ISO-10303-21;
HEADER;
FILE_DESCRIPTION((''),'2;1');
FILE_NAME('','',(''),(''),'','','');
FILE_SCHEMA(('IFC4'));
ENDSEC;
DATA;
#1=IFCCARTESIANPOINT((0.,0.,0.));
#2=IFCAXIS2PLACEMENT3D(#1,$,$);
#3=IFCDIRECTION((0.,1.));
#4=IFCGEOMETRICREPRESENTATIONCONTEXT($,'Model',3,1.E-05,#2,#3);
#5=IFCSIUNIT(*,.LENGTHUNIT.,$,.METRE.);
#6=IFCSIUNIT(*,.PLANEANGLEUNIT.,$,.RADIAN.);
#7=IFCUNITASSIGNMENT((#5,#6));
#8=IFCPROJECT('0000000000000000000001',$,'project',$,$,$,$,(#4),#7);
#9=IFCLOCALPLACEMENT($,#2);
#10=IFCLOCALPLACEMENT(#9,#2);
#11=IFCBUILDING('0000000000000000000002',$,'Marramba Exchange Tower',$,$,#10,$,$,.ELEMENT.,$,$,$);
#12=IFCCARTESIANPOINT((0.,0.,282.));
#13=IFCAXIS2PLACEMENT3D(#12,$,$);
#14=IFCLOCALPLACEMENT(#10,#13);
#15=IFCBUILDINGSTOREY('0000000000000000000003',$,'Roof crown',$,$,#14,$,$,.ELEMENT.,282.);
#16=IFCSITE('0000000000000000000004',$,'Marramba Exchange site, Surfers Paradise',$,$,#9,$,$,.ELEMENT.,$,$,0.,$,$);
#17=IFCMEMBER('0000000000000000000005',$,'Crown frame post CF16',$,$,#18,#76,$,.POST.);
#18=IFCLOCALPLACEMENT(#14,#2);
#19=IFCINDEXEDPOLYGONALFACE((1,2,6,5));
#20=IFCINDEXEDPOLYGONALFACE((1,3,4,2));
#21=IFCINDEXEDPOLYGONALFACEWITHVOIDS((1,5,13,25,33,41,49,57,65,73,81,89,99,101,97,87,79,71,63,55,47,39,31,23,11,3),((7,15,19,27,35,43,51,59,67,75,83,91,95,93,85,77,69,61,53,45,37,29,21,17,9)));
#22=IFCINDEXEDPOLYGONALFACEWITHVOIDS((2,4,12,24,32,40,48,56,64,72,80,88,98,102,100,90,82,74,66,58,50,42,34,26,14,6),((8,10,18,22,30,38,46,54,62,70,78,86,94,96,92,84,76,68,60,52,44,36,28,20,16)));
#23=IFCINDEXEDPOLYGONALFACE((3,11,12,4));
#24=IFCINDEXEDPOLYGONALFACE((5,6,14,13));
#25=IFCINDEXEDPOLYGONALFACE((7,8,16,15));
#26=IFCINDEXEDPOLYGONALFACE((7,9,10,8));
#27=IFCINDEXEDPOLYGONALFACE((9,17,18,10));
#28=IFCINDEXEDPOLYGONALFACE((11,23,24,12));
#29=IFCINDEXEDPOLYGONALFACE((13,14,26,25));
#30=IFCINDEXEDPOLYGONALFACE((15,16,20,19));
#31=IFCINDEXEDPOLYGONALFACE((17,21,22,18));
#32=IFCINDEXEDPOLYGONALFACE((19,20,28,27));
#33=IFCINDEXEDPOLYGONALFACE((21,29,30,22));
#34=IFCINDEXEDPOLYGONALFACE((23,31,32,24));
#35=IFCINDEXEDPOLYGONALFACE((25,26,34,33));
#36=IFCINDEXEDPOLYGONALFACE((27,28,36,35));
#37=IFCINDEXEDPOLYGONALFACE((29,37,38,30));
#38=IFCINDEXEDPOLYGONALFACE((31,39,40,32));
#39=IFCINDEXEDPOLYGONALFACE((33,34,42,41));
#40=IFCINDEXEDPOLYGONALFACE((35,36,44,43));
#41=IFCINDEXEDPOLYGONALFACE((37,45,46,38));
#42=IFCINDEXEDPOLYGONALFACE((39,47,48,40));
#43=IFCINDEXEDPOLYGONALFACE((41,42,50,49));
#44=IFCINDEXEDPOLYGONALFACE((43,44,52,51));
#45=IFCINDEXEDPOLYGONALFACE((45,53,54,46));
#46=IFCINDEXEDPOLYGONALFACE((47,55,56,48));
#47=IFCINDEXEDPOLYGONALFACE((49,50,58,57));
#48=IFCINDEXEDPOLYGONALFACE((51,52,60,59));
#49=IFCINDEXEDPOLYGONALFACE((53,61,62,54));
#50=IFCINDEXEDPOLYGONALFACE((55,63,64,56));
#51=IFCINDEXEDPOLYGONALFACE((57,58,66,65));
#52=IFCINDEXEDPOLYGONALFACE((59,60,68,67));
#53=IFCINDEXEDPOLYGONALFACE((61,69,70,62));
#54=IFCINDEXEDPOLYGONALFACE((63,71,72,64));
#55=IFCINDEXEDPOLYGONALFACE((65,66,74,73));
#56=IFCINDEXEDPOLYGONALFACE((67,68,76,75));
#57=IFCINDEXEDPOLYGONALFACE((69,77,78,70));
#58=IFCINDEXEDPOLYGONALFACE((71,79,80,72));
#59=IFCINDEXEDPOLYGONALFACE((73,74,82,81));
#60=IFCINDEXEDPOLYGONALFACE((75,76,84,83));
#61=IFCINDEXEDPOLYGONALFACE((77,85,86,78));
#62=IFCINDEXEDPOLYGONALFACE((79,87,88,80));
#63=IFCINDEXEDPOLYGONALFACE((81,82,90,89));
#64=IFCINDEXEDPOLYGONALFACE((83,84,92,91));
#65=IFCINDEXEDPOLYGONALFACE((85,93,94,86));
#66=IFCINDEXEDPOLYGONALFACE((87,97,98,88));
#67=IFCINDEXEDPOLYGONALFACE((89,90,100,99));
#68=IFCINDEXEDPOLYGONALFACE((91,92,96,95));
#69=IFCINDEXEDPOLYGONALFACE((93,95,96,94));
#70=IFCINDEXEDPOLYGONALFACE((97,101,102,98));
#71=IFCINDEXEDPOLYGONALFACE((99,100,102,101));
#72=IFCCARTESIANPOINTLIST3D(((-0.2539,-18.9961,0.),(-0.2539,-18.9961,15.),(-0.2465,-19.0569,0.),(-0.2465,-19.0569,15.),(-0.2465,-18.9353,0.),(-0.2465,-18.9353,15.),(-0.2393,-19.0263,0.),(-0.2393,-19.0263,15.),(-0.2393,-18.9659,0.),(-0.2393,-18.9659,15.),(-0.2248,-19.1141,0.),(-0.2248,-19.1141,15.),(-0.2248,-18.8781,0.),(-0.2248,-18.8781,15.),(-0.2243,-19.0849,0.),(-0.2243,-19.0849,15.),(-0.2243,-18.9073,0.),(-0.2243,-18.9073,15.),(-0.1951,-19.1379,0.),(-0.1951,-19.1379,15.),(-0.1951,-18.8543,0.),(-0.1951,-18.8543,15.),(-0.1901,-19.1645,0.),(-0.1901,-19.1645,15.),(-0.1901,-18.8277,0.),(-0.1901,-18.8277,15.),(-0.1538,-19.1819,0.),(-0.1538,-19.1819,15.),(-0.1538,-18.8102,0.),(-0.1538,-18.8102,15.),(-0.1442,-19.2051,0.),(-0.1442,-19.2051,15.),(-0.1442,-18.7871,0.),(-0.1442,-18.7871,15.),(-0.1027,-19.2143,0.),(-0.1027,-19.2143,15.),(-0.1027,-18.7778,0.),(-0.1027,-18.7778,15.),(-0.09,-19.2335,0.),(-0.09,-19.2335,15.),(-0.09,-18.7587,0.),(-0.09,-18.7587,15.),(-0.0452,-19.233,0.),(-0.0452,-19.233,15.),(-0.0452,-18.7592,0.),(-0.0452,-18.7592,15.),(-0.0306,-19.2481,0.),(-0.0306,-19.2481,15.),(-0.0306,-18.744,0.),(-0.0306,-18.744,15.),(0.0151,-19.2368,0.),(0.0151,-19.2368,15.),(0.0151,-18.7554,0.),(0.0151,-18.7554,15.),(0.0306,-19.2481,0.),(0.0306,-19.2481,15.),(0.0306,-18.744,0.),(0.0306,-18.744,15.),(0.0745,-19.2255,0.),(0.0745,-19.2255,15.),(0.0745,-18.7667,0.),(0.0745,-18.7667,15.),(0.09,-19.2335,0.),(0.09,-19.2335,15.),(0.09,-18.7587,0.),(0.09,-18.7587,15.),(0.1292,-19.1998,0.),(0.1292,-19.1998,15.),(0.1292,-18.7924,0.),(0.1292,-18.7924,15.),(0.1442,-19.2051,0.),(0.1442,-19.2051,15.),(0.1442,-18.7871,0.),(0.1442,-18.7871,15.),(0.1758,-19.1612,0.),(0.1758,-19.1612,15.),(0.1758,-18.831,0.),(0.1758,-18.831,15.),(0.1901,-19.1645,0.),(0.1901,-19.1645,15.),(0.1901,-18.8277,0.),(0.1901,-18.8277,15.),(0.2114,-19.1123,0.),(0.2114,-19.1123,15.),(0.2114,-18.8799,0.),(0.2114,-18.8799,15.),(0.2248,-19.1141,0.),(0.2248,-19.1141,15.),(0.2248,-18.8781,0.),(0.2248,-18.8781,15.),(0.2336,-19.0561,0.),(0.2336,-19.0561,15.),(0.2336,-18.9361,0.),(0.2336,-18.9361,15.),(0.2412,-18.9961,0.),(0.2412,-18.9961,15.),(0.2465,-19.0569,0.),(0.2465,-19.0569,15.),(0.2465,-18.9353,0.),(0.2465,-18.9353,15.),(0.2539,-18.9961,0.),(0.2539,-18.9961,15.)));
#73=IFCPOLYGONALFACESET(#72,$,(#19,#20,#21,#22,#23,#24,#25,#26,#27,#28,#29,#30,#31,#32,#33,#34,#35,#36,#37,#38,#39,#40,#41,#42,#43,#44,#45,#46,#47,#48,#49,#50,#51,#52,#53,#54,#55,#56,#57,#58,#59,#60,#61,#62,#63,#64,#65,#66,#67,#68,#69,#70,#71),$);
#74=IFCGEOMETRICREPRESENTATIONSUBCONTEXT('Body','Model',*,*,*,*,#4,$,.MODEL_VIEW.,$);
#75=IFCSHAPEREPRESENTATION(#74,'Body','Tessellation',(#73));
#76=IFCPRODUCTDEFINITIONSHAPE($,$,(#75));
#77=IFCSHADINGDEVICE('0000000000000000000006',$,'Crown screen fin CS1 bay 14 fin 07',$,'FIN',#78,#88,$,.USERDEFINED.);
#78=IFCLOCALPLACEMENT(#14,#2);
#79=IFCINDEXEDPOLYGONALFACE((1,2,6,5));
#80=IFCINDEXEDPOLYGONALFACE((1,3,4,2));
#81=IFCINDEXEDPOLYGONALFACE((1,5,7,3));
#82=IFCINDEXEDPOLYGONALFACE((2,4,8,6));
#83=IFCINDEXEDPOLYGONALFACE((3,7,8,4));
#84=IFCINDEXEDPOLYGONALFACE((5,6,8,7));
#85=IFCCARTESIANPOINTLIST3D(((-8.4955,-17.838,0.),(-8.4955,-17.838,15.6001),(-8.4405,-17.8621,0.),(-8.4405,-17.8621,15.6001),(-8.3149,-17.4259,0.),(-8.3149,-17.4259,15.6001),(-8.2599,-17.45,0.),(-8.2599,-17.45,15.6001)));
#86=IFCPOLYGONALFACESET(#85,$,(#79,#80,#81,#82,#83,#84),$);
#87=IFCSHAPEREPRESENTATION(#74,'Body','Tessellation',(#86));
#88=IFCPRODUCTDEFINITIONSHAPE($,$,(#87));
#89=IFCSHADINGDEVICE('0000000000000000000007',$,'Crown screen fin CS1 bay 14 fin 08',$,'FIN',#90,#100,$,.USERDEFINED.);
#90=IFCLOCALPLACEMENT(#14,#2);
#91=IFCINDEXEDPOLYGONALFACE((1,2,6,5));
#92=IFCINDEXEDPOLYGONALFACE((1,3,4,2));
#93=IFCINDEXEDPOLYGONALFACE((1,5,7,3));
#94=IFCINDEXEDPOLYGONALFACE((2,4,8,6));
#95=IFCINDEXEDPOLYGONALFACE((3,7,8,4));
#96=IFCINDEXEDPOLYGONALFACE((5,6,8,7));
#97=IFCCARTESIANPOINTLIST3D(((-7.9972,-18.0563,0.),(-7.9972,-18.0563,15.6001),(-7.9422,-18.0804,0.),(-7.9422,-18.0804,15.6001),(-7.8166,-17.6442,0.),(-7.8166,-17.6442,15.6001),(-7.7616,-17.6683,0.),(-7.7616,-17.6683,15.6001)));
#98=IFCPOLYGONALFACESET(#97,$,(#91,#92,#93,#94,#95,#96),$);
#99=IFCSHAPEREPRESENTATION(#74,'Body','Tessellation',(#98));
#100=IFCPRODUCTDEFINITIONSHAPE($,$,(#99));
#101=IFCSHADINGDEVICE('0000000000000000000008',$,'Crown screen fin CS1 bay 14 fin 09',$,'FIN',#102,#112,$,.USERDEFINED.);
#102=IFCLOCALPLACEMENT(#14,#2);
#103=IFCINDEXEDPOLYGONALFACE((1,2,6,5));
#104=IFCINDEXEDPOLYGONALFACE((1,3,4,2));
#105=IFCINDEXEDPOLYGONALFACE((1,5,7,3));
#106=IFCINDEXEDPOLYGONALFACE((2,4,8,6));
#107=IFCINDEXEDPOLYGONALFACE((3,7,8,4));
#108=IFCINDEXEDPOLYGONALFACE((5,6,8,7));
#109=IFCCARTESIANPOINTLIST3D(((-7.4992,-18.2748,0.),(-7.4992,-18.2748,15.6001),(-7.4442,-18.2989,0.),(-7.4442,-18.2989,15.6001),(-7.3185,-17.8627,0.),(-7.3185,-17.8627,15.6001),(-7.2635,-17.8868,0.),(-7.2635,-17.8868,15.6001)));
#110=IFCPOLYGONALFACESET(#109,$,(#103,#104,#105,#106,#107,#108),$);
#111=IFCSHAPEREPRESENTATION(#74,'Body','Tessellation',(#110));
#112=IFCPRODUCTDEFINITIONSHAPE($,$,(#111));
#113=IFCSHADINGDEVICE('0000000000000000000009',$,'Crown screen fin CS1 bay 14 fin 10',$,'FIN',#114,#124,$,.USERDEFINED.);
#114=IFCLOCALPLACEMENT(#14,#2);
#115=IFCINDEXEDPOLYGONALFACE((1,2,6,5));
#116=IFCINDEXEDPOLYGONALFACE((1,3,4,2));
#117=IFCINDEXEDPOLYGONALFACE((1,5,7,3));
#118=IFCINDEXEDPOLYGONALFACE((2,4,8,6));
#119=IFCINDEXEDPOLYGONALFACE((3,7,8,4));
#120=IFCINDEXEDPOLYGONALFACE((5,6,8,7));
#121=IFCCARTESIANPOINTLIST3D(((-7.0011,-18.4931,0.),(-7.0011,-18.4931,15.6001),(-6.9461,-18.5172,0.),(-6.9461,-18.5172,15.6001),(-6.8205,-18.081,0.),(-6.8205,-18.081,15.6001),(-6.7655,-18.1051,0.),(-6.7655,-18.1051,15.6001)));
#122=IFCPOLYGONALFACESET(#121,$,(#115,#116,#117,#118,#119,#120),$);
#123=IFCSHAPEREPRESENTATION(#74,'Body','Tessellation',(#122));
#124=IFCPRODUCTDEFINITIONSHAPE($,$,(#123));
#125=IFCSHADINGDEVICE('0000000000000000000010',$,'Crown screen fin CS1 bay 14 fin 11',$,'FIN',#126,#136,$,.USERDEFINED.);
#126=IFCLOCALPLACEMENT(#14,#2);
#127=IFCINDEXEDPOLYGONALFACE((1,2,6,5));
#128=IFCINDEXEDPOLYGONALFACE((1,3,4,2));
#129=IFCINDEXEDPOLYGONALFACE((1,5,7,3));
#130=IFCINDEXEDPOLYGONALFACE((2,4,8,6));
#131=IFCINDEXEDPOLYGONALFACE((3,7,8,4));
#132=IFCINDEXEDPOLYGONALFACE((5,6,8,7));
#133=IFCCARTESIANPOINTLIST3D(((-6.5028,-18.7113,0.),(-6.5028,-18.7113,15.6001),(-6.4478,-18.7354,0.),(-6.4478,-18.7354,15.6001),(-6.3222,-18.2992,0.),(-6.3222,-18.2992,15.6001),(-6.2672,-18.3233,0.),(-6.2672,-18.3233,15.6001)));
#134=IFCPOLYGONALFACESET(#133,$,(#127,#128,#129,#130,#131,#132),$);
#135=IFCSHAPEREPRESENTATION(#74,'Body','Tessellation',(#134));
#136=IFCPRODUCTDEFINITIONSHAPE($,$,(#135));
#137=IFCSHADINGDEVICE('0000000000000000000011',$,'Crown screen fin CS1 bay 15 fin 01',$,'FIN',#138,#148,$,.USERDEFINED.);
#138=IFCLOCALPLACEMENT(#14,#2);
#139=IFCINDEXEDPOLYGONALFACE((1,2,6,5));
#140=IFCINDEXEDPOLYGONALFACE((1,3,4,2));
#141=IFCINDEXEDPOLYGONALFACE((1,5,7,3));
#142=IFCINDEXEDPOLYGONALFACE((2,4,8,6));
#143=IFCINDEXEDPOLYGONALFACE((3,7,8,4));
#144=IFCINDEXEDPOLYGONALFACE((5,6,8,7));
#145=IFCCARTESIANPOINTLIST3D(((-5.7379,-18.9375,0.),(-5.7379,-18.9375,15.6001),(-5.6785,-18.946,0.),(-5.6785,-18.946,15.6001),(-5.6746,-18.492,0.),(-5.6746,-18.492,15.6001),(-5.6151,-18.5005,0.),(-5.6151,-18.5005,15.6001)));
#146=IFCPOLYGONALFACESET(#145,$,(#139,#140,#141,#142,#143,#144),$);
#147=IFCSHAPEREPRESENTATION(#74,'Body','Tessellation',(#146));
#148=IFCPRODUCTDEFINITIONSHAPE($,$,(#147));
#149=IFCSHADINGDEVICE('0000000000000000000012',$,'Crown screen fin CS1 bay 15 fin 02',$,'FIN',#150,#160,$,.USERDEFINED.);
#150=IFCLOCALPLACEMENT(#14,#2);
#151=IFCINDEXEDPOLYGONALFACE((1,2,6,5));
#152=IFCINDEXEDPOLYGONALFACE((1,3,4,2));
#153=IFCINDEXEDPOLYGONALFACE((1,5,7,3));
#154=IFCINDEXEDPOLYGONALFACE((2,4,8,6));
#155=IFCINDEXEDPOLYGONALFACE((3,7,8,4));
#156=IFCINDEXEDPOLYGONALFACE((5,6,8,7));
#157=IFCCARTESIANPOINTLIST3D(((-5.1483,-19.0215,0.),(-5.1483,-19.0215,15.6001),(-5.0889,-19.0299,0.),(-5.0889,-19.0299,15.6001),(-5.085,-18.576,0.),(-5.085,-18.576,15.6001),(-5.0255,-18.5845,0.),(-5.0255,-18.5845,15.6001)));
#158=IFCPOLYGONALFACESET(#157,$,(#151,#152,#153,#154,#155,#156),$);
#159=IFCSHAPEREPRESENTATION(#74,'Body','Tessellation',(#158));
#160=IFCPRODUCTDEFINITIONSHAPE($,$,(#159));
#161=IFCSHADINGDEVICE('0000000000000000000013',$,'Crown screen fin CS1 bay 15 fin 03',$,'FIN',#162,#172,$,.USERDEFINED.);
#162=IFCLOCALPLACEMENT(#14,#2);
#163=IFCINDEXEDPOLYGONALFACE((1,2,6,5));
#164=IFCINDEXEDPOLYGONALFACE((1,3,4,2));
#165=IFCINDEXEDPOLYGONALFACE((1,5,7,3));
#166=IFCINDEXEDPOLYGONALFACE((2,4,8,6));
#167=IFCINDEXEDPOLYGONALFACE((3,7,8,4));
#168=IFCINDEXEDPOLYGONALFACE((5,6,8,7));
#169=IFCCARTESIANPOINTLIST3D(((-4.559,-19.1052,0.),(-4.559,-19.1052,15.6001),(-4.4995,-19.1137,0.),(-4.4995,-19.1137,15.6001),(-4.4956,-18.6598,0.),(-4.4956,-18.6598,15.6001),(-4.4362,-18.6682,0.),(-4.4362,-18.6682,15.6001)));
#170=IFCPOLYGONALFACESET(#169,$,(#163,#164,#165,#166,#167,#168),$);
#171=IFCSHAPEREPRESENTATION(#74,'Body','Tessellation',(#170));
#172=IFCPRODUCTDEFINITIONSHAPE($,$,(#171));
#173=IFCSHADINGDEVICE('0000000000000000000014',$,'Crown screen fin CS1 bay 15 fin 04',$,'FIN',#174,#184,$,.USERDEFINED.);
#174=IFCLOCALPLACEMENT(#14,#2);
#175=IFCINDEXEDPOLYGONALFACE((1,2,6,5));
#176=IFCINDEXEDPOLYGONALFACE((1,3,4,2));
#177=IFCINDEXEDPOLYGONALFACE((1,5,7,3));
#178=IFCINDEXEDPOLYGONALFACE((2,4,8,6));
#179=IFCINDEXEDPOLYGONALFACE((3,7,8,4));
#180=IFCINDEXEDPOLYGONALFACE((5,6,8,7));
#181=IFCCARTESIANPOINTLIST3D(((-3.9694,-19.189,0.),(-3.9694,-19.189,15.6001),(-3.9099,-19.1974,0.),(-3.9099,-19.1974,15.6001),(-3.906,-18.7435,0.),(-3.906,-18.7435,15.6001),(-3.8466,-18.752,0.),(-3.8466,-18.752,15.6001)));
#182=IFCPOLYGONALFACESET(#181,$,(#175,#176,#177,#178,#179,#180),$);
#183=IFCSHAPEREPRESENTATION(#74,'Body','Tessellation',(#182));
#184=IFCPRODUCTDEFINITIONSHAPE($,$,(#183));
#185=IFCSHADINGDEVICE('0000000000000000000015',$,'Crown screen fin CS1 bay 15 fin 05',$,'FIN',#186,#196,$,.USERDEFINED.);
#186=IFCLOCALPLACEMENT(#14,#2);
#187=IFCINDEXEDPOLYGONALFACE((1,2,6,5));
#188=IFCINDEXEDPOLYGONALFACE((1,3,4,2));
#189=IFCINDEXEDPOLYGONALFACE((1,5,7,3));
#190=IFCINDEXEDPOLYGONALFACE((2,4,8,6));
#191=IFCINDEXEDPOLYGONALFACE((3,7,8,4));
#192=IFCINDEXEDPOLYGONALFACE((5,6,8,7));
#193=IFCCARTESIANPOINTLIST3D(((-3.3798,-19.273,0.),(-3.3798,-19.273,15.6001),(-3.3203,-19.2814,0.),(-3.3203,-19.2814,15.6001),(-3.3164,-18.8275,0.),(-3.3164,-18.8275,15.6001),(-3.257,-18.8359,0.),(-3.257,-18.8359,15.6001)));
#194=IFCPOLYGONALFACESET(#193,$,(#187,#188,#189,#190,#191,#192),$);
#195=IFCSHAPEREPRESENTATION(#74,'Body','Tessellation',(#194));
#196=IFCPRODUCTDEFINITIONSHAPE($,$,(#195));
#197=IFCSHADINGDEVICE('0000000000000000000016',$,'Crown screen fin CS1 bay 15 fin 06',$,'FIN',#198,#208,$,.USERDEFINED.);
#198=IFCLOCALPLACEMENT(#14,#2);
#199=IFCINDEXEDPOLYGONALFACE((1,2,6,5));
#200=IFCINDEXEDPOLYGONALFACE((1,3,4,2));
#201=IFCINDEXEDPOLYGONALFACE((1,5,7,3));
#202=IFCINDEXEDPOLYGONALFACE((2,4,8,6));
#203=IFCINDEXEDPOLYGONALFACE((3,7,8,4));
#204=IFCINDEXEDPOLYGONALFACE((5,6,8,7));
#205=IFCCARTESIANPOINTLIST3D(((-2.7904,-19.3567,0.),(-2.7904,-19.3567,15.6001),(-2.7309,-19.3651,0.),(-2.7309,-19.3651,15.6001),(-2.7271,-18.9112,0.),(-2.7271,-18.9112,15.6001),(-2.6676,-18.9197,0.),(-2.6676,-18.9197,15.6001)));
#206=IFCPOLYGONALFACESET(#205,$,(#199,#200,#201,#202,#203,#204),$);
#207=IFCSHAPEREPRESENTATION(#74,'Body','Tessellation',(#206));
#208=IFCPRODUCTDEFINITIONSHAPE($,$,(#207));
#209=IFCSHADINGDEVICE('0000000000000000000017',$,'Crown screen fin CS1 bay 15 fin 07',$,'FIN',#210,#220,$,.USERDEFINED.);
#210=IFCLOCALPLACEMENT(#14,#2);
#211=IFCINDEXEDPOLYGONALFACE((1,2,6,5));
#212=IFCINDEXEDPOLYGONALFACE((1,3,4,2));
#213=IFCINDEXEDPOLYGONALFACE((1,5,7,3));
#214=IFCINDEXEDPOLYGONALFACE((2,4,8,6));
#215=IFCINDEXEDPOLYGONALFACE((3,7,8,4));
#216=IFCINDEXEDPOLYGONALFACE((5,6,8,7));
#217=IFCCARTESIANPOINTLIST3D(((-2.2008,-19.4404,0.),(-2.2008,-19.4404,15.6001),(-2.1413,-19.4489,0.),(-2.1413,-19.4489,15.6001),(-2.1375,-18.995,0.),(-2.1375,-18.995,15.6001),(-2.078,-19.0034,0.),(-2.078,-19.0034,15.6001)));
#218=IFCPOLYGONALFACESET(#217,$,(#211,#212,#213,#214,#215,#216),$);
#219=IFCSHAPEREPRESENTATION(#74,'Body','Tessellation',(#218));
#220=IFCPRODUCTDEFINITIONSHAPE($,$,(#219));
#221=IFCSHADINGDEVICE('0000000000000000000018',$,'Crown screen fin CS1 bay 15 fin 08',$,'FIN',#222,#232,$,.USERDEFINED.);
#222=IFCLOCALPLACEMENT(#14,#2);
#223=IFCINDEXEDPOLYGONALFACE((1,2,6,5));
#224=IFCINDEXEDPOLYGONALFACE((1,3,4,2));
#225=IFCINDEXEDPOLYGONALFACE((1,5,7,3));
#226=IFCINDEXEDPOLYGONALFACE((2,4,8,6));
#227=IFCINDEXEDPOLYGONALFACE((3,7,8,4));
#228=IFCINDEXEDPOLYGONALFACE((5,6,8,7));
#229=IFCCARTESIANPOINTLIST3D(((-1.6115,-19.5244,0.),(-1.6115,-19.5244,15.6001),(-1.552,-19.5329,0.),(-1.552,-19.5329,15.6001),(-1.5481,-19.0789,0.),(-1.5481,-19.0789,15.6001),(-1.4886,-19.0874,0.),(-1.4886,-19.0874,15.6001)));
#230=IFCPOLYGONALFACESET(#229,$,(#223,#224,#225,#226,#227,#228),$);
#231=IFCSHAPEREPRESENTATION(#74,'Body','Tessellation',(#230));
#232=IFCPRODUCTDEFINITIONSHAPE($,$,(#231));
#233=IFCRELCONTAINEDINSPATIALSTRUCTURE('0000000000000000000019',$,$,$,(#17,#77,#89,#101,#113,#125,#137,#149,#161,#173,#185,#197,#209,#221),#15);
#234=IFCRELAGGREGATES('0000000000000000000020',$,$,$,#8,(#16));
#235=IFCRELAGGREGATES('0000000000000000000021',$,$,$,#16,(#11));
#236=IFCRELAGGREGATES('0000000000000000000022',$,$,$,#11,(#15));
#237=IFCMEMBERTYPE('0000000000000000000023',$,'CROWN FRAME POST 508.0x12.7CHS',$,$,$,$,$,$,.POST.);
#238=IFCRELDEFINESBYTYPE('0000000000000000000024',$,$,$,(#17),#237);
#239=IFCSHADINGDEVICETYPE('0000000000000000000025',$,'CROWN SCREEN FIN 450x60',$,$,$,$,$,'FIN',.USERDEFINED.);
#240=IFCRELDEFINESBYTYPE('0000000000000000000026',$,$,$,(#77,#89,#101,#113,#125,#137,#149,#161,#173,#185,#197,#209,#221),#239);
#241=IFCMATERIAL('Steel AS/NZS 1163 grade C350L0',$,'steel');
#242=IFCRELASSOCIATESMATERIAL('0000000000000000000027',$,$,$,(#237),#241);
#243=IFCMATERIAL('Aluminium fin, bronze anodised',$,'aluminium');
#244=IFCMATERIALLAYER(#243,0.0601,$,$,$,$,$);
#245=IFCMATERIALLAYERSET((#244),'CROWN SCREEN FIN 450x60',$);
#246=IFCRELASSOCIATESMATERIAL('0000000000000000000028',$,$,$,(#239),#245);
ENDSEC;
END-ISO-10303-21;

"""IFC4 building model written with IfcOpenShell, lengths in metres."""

from ifc_helpers import new_model, si_unit, direction, frame, origin, origin_2d, place, context, subcontext, project, spatial, rectangle, hollow_circle, extrude, material, layer, layer_set, material_profile, profile_set, type_object, element, save


model = new_model("IFC4")

# Units and contexts
model_context = context("Model", 3, precision=1e-05, world=origin(), true_north=direction((0.0, 1.0)))
body_context = subcontext(model_context, "Body", "Model", "MODEL_VIEW")
ifc_project = project(units=[si_unit("LENGTHUNIT", "METRE"), si_unit("PLANEANGLEUNIT", "RADIAN")], contexts=[model_context])

# Site, building, storey
site_placement = place(None, origin())
site = spatial("IfcSite", under=ifc_project, at=site_placement, Name="Marramba Exchange site, Surfers Paradise", CompositionType="ELEMENT", RefElevation=0.0)
building_placement = place(site_placement, origin())
building = spatial("IfcBuilding", under=site, at=building_placement, Name="Marramba Exchange Tower", CompositionType="ELEMENT")
storey_placement = place(building_placement, frame((0.0, 0.0, 282.0)))
storey = spatial("IfcBuildingStorey", under=building, at=storey_placement, Name="Roof crown", CompositionType="ELEMENT", Elevation=282.0)

# Member
ifc_material_1 = material(Name="Steel AS/NZS 1163 grade C350L0", Category="steel")
ifc_material_profile_1 = material_profile(ifc_material_1, hollow_circle(Radius=0.2539, WallThickness=0.0127, at=origin_2d()), Name="508.0x12.7CHS")
ifc_profile_set_1 = profile_set([ifc_material_profile_1], Name="Steel AS/NZS 1163 grade C350L0")
member_type_1 = type_object("IfcMemberType", Name="CROWN FRAME POST 508.0x12.7CHS", PredefinedType="POST", material=ifc_profile_set_1)
for number, where, z_axis, x_axis, name in (
    (1, (0.0, -18.9961, 0.0), (0.0, 0.0, 1.0), (1.0, 0.0, 0.0), "Crown frame post CF16"),
):
    element("IfcMember", number, at=place(storey_placement, frame(where, z_axis=z_axis, x_axis=x_axis)), inside=storey, type_object=member_type_1, Name=name, PredefinedType="POST", context=body_context, shape_type="SweptSolid", body=[
        extrude(hollow_circle(Radius=0.2539, WallThickness=0.0127, at=origin_2d()), origin(), (0.0, 0.0, 1.0), 15.0),
    ])

# Shading devices
ifc_material_2 = material(Name="Aluminium fin, bronze anodised", Category="aluminium")
ifc_layer_1 = layer(ifc_material_2, 0.0601)
ifc_layer_set_1 = layer_set([ifc_layer_1], Name="CROWN SCREEN FIN 450x60")
shading_device_type = type_object("IfcShadingDeviceType", Name="CROWN SCREEN FIN 450x60", ElementType="FIN", PredefinedType="USERDEFINED", material=ifc_layer_set_1)
for number, where, z_axis, x_axis, name in (
    (2, (-8.3777, -17.644, 0.0), (0.0, 0.0, 1.0), (-0.401466, -0.915874, 0.0), "Crown screen fin CS1 bay 14 fin 07"),
    (3, (-7.8794, -17.8623, 0.0), (0.0, 0.0, 1.0), (-0.401466, -0.915874, 0.0), "Crown screen fin CS1 bay 14 fin 08"),
    (4, (-7.3813, -18.0808, 0.0), (0.0, 0.0, 1.0), (-0.401466, -0.915874, 0.0), "Crown screen fin CS1 bay 14 fin 09"),
    (5, (-6.8833, -18.2991, 0.0), (0.0, 0.0, 1.0), (-0.401466, -0.915874, 0.0), "Crown screen fin CS1 bay 14 fin 10"),
    (6, (-6.385, -18.5173, 0.0), (0.0, 0.0, 1.0), (-0.401466, -0.915874, 0.0), "Crown screen fin CS1 bay 14 fin 11"),
    (7, (-5.6765, -18.719, 0.0), (0.0, 0.0, 1.0), (-0.140789, -0.99004, 0.0), "Crown screen fin CS1 bay 15 fin 01"),
    (8, (-5.0869, -18.803, 0.0), (0.0, 0.0, 1.0), (-0.140789, -0.99004, 0.0), "Crown screen fin CS1 bay 15 fin 02"),
    (9, (-4.4976, -18.8867, 0.0), (0.0, 0.0, 1.0), (-0.140789, -0.99004, 0.0), "Crown screen fin CS1 bay 15 fin 03"),
    (10, (-3.908, -18.9705, 0.0), (0.0, 0.0, 1.0), (-0.140789, -0.99004, 0.0), "Crown screen fin CS1 bay 15 fin 04"),
    (11, (-3.3184, -19.0544, 0.0), (0.0, 0.0, 1.0), (-0.140789, -0.99004, 0.0), "Crown screen fin CS1 bay 15 fin 05"),
    (12, (-2.729, -19.1382, 0.0), (0.0, 0.0, 1.0), (-0.140789, -0.99004, 0.0), "Crown screen fin CS1 bay 15 fin 06"),
    (13, (-2.1394, -19.2219, 0.0), (0.0, 0.0, 1.0), (-0.140789, -0.99004, 0.0), "Crown screen fin CS1 bay 15 fin 07"),
    (14, (-1.55, -19.3059, 0.0), (0.0, 0.0, 1.0), (-0.140789, -0.99004, 0.0), "Crown screen fin CS1 bay 15 fin 08"),
):
    element("IfcShadingDevice", number, at=place(storey_placement, frame(where, z_axis=z_axis, x_axis=x_axis)), inside=storey, type_object=shading_device_type, Name=name, ObjectType="FIN", PredefinedType="USERDEFINED", context=body_context, shape_type="SweptSolid", body=[
        extrude(rectangle(XDim=0.45, YDim=0.0601, at=origin_2d()), origin(), (0.0, 0.0, 1.0), 15.6001),
    ])

save(model, "model.ifc")
